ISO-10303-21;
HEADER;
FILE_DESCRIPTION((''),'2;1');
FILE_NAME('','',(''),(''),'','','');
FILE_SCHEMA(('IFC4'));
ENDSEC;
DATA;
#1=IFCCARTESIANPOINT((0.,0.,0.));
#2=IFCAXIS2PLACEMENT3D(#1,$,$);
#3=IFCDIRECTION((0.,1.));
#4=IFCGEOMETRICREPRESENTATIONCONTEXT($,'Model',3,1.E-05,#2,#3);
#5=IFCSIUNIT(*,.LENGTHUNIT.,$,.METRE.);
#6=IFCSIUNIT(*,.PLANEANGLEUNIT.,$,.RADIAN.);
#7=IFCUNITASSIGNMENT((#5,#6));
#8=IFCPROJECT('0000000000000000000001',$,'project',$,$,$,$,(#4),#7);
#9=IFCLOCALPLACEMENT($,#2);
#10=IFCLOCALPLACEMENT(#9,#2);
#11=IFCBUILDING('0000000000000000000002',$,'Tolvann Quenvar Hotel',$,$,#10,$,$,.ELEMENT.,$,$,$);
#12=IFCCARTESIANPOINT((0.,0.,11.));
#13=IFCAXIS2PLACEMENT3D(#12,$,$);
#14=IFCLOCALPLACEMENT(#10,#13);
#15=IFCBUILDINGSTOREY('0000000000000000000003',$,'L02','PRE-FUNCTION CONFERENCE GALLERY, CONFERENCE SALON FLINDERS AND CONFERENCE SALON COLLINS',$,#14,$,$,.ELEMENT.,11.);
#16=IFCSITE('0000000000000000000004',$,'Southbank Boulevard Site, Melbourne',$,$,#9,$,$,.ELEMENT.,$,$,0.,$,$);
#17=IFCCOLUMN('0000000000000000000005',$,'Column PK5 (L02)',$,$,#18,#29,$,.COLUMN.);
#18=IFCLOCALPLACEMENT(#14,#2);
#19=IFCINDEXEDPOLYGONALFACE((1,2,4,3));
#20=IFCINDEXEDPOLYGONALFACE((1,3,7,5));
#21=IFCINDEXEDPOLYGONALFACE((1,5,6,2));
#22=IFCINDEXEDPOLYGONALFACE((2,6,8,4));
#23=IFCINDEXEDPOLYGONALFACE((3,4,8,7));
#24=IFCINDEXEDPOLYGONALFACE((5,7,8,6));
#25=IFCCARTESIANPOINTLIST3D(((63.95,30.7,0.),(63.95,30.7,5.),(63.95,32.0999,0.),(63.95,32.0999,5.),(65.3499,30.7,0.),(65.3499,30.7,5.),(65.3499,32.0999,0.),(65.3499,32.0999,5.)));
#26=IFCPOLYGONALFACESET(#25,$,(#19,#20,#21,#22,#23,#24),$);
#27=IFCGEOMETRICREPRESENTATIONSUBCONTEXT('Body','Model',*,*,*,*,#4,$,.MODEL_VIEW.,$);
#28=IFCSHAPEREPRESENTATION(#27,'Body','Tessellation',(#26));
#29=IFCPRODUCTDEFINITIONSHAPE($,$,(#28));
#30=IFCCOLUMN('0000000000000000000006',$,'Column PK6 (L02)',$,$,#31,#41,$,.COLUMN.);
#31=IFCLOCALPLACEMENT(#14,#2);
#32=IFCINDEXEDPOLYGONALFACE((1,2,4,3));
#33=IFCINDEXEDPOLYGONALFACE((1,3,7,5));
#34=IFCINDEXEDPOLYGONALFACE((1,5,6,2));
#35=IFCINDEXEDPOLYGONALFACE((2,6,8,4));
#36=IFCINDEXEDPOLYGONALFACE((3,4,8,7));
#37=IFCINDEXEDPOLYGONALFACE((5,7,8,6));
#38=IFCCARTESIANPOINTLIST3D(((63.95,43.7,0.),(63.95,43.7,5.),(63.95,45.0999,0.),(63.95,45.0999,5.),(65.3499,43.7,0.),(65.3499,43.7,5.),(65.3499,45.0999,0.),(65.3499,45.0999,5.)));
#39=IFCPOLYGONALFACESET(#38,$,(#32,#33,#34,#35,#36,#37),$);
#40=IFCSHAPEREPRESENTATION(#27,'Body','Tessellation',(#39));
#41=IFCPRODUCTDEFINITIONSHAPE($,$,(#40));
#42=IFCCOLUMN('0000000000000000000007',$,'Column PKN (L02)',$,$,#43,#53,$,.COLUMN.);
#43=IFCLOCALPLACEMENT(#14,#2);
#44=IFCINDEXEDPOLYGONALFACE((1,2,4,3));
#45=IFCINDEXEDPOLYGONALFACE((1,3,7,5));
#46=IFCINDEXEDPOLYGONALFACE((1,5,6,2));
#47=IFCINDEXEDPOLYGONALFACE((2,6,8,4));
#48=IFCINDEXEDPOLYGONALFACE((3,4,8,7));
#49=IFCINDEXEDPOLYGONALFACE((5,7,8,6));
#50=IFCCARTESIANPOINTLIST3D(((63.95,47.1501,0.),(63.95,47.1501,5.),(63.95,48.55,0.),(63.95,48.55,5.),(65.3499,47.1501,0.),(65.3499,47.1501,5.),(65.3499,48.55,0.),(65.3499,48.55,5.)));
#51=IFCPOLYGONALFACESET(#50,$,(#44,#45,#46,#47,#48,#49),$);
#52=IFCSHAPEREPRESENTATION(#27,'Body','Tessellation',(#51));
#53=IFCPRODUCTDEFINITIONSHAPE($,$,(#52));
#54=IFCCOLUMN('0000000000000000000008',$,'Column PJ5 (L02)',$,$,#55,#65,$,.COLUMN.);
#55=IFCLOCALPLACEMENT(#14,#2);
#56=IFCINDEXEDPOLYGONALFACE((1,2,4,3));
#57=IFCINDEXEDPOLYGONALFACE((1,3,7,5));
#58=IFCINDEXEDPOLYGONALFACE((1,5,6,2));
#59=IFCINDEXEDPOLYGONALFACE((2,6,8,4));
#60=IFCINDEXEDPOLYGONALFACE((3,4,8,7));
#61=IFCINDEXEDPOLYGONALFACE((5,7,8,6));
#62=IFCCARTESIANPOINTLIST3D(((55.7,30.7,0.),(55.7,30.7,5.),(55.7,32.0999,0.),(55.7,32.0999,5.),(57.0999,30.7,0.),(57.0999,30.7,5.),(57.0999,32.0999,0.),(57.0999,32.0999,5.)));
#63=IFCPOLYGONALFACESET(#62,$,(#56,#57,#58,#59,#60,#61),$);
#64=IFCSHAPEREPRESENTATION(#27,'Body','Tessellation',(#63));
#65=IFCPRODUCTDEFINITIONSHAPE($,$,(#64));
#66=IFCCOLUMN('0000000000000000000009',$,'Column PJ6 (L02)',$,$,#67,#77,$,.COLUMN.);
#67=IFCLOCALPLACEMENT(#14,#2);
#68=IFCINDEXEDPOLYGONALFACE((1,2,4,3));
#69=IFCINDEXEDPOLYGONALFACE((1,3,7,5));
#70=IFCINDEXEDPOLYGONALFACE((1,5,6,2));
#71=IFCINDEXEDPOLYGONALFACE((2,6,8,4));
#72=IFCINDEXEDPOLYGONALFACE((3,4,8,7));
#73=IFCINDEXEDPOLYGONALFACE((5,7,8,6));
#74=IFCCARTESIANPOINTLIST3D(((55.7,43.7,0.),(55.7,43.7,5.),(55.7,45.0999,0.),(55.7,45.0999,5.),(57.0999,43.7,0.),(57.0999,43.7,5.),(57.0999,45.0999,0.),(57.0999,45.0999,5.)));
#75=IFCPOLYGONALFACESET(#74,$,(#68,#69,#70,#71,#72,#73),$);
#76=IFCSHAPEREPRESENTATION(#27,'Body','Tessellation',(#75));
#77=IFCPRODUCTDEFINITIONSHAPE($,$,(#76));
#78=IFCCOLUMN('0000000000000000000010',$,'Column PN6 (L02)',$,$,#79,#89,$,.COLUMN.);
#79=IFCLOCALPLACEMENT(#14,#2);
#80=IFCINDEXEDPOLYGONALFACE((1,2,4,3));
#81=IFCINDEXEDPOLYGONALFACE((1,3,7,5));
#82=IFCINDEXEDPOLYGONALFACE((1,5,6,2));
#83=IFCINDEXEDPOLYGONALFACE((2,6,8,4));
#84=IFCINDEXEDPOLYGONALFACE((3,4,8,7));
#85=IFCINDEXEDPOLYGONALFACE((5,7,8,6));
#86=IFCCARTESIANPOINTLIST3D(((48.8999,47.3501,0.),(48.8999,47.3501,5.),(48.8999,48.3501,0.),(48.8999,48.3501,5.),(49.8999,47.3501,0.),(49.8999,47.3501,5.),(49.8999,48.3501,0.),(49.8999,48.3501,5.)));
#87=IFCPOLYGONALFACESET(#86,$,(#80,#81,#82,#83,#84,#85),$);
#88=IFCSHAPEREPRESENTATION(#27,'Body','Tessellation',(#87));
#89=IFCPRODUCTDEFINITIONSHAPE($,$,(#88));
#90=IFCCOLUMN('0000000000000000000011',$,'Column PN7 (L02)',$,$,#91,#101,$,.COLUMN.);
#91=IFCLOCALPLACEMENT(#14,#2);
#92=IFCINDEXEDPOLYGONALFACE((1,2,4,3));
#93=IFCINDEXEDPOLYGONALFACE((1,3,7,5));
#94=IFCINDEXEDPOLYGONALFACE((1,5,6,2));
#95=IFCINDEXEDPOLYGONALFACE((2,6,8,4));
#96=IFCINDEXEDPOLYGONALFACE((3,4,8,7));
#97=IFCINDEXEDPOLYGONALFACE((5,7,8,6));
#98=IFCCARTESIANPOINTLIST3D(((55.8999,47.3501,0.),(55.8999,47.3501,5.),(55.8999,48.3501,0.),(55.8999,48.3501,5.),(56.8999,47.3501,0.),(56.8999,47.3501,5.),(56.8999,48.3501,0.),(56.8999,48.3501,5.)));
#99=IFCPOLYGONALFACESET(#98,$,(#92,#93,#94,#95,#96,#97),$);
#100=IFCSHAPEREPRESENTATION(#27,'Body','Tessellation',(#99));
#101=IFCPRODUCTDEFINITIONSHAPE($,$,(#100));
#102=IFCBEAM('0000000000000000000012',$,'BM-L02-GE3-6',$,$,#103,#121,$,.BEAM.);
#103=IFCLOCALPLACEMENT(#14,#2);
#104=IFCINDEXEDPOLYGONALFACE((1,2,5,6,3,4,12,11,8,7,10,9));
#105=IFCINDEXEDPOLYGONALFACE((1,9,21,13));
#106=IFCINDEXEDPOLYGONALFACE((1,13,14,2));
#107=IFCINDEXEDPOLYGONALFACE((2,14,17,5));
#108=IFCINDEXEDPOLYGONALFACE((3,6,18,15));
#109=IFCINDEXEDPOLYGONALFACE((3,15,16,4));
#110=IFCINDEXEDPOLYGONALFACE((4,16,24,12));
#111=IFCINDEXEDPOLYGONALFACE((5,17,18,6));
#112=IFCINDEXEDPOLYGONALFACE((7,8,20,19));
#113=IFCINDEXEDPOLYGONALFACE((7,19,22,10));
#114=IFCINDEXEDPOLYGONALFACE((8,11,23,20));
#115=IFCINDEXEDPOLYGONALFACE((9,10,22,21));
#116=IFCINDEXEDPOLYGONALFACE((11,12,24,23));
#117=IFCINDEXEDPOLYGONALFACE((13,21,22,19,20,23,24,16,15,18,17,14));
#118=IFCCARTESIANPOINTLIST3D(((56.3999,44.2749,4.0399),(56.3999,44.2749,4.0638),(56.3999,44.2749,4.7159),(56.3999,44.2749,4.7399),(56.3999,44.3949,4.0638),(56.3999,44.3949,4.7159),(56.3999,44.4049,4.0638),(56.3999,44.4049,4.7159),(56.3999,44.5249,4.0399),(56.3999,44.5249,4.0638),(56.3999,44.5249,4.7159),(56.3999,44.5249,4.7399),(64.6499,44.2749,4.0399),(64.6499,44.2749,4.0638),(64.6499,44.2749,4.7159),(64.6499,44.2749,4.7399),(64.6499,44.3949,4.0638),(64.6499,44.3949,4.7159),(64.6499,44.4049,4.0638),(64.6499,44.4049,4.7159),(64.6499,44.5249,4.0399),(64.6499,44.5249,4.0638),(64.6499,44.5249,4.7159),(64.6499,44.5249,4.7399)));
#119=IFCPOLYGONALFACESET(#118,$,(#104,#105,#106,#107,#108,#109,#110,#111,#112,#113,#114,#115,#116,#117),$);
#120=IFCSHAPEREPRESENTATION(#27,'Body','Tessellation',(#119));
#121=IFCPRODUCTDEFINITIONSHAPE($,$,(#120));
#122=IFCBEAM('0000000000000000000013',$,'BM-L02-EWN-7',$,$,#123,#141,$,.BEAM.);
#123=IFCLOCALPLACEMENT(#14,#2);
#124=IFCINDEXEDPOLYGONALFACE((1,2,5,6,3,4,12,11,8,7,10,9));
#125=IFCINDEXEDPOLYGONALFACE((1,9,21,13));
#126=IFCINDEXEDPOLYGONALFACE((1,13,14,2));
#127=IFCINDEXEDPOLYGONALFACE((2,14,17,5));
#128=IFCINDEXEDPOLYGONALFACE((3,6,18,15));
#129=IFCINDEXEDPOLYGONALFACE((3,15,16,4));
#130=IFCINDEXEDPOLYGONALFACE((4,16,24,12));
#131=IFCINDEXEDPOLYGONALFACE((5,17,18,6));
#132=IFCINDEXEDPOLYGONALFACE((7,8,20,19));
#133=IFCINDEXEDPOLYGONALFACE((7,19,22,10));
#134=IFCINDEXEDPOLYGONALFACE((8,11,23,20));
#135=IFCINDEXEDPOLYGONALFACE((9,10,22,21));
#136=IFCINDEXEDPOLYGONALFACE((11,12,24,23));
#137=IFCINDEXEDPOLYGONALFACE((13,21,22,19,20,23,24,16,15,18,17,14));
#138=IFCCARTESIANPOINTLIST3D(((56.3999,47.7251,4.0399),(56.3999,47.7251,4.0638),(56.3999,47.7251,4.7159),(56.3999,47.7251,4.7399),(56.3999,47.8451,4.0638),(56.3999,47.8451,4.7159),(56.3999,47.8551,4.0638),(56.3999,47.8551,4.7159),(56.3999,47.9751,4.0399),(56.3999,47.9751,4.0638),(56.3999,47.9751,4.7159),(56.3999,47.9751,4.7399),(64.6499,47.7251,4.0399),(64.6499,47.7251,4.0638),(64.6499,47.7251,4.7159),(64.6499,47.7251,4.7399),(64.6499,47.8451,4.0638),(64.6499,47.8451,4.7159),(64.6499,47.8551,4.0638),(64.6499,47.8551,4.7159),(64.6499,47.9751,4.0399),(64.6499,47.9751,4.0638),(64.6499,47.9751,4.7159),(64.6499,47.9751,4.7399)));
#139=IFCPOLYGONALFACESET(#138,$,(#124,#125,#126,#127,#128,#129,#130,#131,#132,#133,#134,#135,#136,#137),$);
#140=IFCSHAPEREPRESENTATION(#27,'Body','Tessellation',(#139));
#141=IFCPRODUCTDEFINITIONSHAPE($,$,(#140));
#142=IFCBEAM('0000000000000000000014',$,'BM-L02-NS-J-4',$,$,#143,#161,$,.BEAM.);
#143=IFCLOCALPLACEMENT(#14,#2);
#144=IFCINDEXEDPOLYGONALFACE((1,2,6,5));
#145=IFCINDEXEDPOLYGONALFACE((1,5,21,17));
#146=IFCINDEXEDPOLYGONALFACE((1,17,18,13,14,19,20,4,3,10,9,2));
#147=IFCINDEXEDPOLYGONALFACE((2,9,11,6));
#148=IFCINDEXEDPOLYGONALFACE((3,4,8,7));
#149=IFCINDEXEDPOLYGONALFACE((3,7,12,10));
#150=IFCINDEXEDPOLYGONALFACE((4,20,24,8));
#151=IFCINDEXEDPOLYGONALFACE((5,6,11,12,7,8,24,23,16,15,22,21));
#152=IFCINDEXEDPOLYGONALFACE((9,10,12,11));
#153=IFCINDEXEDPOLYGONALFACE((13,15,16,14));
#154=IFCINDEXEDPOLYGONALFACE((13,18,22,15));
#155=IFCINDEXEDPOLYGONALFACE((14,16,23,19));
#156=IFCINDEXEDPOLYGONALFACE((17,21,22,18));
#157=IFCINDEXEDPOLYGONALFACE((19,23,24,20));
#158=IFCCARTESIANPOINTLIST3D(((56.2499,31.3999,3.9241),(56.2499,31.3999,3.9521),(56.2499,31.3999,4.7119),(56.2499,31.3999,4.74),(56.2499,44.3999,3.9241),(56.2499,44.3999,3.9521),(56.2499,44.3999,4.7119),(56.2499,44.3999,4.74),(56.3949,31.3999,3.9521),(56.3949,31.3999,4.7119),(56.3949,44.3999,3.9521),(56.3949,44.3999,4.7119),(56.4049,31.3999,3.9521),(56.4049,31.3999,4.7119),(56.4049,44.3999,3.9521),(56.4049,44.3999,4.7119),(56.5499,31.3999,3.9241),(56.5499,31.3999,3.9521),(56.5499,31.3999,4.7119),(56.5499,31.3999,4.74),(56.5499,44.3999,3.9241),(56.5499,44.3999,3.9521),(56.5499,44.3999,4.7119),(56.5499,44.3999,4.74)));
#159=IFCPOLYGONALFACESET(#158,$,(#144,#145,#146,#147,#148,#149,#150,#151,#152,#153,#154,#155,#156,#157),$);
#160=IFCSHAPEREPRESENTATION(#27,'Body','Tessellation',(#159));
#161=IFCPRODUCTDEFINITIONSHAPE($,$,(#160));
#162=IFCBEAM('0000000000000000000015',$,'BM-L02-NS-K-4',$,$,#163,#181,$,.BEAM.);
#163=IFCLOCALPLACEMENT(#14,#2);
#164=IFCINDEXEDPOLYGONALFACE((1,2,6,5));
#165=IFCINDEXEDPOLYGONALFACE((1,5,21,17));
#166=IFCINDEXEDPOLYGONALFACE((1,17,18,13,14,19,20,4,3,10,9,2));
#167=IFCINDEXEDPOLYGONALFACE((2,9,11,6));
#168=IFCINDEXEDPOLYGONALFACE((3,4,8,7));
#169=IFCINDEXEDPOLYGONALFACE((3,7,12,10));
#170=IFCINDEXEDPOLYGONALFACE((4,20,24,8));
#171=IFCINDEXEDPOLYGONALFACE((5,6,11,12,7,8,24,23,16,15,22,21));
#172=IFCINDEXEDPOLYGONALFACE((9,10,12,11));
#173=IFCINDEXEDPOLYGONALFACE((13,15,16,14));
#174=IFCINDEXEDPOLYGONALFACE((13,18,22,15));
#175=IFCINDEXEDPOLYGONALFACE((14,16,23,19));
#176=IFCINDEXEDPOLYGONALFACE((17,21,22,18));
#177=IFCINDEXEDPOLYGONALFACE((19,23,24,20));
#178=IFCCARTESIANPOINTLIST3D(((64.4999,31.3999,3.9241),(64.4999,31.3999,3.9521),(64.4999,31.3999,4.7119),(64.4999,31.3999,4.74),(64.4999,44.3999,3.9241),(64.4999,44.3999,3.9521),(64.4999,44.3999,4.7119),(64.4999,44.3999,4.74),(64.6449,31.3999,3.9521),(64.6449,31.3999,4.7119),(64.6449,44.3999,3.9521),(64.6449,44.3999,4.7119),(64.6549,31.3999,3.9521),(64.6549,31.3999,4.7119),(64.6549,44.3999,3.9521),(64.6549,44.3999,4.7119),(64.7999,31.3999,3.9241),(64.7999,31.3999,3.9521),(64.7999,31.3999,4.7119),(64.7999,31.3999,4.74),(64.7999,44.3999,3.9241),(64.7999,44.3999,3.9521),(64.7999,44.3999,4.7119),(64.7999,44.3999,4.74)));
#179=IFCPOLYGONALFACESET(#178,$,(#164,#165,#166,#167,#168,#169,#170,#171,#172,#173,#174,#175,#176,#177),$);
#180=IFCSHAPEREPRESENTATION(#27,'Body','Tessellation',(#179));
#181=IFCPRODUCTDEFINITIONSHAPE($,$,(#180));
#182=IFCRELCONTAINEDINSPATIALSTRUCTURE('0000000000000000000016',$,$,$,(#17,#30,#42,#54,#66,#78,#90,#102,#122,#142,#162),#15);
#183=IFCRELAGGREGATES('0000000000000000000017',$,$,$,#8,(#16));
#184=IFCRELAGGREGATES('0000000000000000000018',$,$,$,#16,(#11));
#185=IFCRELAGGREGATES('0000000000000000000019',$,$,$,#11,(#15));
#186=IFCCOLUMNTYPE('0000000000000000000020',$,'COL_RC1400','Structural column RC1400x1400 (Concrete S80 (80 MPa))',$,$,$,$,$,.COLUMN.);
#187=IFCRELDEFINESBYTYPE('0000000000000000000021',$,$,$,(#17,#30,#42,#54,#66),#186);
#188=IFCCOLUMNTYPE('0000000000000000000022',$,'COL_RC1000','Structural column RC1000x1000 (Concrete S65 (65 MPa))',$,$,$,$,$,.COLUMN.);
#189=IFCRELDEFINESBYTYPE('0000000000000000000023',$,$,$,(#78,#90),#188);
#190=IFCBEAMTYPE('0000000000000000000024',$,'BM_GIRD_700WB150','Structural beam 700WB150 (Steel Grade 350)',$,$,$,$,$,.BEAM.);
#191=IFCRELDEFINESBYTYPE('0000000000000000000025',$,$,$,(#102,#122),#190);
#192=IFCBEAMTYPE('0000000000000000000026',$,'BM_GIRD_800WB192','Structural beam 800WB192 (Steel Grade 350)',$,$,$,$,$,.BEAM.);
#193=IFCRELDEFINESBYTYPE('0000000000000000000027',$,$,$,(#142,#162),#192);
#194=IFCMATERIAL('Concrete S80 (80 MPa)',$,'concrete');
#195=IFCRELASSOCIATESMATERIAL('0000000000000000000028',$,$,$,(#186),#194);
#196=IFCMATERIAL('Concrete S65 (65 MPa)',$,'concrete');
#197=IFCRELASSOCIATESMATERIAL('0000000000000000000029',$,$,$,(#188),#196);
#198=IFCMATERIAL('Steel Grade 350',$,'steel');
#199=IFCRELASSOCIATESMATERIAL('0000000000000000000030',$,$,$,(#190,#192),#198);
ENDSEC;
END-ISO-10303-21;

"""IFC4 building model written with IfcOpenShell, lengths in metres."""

from ifc_helpers import new_model, si_unit, direction, frame, origin, origin_2d, place, context, subcontext, project, spatial, rectangle, i_section, extrude, source, transform, mapped, material, material_profile, profile_set, type_object, type_shapes, element, save


model = new_model("IFC4")

# Units and contexts
model_context = context("Model", 3, precision=1e-05, world=origin(), true_north=direction((0.0, 1.0)))
body_context = subcontext(model_context, "Body", "Model", "MODEL_VIEW")
ifc_project = project(units=[si_unit("LENGTHUNIT", "METRE"), si_unit("PLANEANGLEUNIT", "RADIAN")], contexts=[model_context])

# Site, building, storey
site_placement = place(None, origin())
site = spatial("IfcSite", under=ifc_project, at=site_placement, Name="Southbank Boulevard Site, Melbourne", CompositionType="ELEMENT", RefElevation=0.0)
building_placement = place(site_placement, origin())
building = spatial("IfcBuilding", under=site, at=building_placement, Name="Tolvann Quenvar Hotel", CompositionType="ELEMENT")
storey_placement = place(building_placement, frame((0.0, 0.0, 11.0)))
storey = spatial("IfcBuildingStorey", under=building, at=storey_placement, Name="L02", Description="PRE-FUNCTION CONFERENCE GALLERY, CONFERENCE SALON FLINDERS AND CONFERENCE SALON COLLINS", CompositionType="ELEMENT", Elevation=11.0)

# Columns
ifc_material_1 = material(Name="Concrete S80 (80 MPa)", Category="concrete")
ifc_material_profile_1 = material_profile(ifc_material_1, rectangle(XDim=1.3999, YDim=1.3999, at=origin_2d()), Name="RC1400x1400")
ifc_profile_set_1 = profile_set([ifc_material_profile_1], Name="Concrete S80 (80 MPa)")
column_type_1 = type_object("IfcColumnType", Name="COL_RC1400", Description="Structural column RC1400x1400 (Concrete S80 (80 MPa))", PredefinedType="COLUMN", material=ifc_profile_set_1)
shared_shape_1 = source(origin(), body_context, "Body", "SweptSolid", [
    extrude(rectangle(XDim=1.3999, YDim=1.3999, at=origin_2d()), origin(), (0.0, 0.0, 1.0), 5.0),
])
type_shapes(column_type_1, [shared_shape_1])
for number, where, z_axis, x_axis, name in (
    (1, (64.6499, 31.3999, 0.0), (0.0, 0.0, 1.0), (1.0, 0.0, 0.0), "Column PK5 (L02)"),
    (2, (64.6499, 44.3999, 0.0), (0.0, 0.0, 1.0), (1.0, 0.0, 0.0), "Column PK6 (L02)"),
    (3, (64.6499, 47.8501, 0.0), (0.0, 0.0, 1.0), (1.0, 0.0, 0.0), "Column PKN (L02)"),
    (4, (56.3999, 31.3999, 0.0), (0.0, 0.0, 1.0), (1.0, 0.0, 0.0), "Column PJ5 (L02)"),
    (5, (56.3999, 44.3999, 0.0), (0.0, 0.0, 1.0), (1.0, 0.0, 0.0), "Column PJ6 (L02)"),
):
    element("IfcColumn", number, at=place(storey_placement, frame(where, z_axis=z_axis, x_axis=x_axis)), inside=storey, type_object=column_type_1, Name=name, PredefinedType="COLUMN", context=body_context, shape_type="MappedRepresentation", body=[
        mapped(shared_shape_1, transform((0.0, 0.0, 0.0), x_axis=(1.0, 0.0, 0.0), y_axis=(0.0, 1.0, 0.0), z_axis=(0.0, 0.0, 1.0), scale=1.0)),
    ])
ifc_material_2 = material(Name="Concrete S65 (65 MPa)", Category="concrete")
ifc_material_profile_2 = material_profile(ifc_material_2, rectangle(XDim=1.0, YDim=1.0, at=origin_2d()), Name="RC1000x1000")
ifc_profile_set_2 = profile_set([ifc_material_profile_2], Name="Concrete S65 (65 MPa)")
column_type_2 = type_object("IfcColumnType", Name="COL_RC1000", Description="Structural column RC1000x1000 (Concrete S65 (65 MPa))", PredefinedType="COLUMN", material=ifc_profile_set_2)
shared_shape_2 = source(origin(), body_context, "Body", "SweptSolid", [
    extrude(rectangle(XDim=1.0, YDim=1.0, at=origin_2d()), origin(), (0.0, 0.0, 1.0), 5.0),
])
type_shapes(column_type_2, [shared_shape_2])
for number, where, z_axis, x_axis, name in (
    (6, (49.3999, 47.8501, 0.0), (0.0, 0.0, 1.0), (1.0, 0.0, 0.0), "Column PN6 (L02)"),
    (7, (56.3999, 47.8501, 0.0), (0.0, 0.0, 1.0), (1.0, 0.0, 0.0), "Column PN7 (L02)"),
):
    element("IfcColumn", number, at=place(storey_placement, frame(where, z_axis=z_axis, x_axis=x_axis)), inside=storey, type_object=column_type_2, Name=name, PredefinedType="COLUMN", context=body_context, shape_type="MappedRepresentation", body=[
        mapped(shared_shape_2, transform((0.0, 0.0, 0.0), x_axis=(1.0, 0.0, 0.0), y_axis=(0.0, 1.0, 0.0), z_axis=(0.0, 0.0, 1.0), scale=1.0)),
    ])

# Beams
ifc_material_3 = material(Name="Steel Grade 350", Category="steel")
ifc_material_profile_3 = material_profile(ifc_material_3, i_section(OverallWidth=0.25, OverallDepth=0.7, WebThickness=0.01, FlangeThickness=0.0239, at=origin_2d()), Name="700WB150")
ifc_profile_set_3 = profile_set([ifc_material_profile_3], Name="Steel Grade 350")
beam_type_1 = type_object("IfcBeamType", Name="BM_GIRD_700WB150", Description="Structural beam 700WB150 (Steel Grade 350)", PredefinedType="BEAM", material=ifc_profile_set_3)
shared_shape_3 = source(origin(), body_context, "Body", "SweptSolid", [
    extrude(i_section(OverallWidth=0.25, OverallDepth=0.7, WebThickness=0.01, FlangeThickness=0.0239, at=origin_2d()), origin(), (0.0, 0.0, 1.0), 8.25),
])
for number, where, z_axis, x_axis, name in (
    (8, (56.3999, 44.3999, 4.3899), (1.0, 0.0, 0.0), (0.0, 1.0, 0.0), "BM-L02-GE3-6"),
    (9, (56.3999, 47.8501, 4.3899), (1.0, 0.0, 0.0), (0.0, 1.0, 0.0), "BM-L02-EWN-7"),
):
    element("IfcBeam", number, at=place(storey_placement, frame(where, z_axis=z_axis, x_axis=x_axis)), inside=storey, type_object=beam_type_1, Name=name, PredefinedType="BEAM", context=body_context, shape_type="MappedRepresentation", body=[
        mapped(shared_shape_3, transform((0.0, 0.0, 0.0), x_axis=(1.0, 0.0, 0.0), y_axis=(0.0, 1.0, 0.0), z_axis=(0.0, 0.0, 1.0), scale=1.0)),
    ])
ifc_material_profile_4 = material_profile(ifc_material_3, i_section(OverallWidth=0.3, OverallDepth=0.8159, WebThickness=0.01, FlangeThickness=0.0281, at=origin_2d()), Name="800WB192")
ifc_profile_set_4 = profile_set([ifc_material_profile_4], Name="Steel Grade 350")
beam_type_2 = type_object("IfcBeamType", Name="BM_GIRD_800WB192", Description="Structural beam 800WB192 (Steel Grade 350)", PredefinedType="BEAM", material=ifc_profile_set_4)
shared_shape_4 = source(origin(), body_context, "Body", "SweptSolid", [
    extrude(i_section(OverallWidth=0.3, OverallDepth=0.8159, WebThickness=0.01, FlangeThickness=0.0281, at=origin_2d()), origin(), (0.0, 0.0, 1.0), 13.0),
])
type_shapes(beam_type_2, [shared_shape_4])
for number, where, z_axis, x_axis, name in (
    (10, (56.3999, 31.3999, 4.332), (0.0, 1.0, 0.0), (-1.0, 0.0, 0.0), "BM-L02-NS-J-4"),
    (11, (64.6499, 31.3999, 4.332), (0.0, 1.0, 0.0), (-1.0, 0.0, 0.0), "BM-L02-NS-K-4"),
):
    element("IfcBeam", number, at=place(storey_placement, frame(where, z_axis=z_axis, x_axis=x_axis)), inside=storey, type_object=beam_type_2, Name=name, PredefinedType="BEAM", context=body_context, shape_type="MappedRepresentation", body=[
        mapped(shared_shape_4, transform((0.0, 0.0, 0.0), x_axis=(1.0, 0.0, 0.0), y_axis=(0.0, 1.0, 0.0), z_axis=(0.0, 0.0, 1.0), scale=1.0)),
    ])

save(model, "model.ifc")
